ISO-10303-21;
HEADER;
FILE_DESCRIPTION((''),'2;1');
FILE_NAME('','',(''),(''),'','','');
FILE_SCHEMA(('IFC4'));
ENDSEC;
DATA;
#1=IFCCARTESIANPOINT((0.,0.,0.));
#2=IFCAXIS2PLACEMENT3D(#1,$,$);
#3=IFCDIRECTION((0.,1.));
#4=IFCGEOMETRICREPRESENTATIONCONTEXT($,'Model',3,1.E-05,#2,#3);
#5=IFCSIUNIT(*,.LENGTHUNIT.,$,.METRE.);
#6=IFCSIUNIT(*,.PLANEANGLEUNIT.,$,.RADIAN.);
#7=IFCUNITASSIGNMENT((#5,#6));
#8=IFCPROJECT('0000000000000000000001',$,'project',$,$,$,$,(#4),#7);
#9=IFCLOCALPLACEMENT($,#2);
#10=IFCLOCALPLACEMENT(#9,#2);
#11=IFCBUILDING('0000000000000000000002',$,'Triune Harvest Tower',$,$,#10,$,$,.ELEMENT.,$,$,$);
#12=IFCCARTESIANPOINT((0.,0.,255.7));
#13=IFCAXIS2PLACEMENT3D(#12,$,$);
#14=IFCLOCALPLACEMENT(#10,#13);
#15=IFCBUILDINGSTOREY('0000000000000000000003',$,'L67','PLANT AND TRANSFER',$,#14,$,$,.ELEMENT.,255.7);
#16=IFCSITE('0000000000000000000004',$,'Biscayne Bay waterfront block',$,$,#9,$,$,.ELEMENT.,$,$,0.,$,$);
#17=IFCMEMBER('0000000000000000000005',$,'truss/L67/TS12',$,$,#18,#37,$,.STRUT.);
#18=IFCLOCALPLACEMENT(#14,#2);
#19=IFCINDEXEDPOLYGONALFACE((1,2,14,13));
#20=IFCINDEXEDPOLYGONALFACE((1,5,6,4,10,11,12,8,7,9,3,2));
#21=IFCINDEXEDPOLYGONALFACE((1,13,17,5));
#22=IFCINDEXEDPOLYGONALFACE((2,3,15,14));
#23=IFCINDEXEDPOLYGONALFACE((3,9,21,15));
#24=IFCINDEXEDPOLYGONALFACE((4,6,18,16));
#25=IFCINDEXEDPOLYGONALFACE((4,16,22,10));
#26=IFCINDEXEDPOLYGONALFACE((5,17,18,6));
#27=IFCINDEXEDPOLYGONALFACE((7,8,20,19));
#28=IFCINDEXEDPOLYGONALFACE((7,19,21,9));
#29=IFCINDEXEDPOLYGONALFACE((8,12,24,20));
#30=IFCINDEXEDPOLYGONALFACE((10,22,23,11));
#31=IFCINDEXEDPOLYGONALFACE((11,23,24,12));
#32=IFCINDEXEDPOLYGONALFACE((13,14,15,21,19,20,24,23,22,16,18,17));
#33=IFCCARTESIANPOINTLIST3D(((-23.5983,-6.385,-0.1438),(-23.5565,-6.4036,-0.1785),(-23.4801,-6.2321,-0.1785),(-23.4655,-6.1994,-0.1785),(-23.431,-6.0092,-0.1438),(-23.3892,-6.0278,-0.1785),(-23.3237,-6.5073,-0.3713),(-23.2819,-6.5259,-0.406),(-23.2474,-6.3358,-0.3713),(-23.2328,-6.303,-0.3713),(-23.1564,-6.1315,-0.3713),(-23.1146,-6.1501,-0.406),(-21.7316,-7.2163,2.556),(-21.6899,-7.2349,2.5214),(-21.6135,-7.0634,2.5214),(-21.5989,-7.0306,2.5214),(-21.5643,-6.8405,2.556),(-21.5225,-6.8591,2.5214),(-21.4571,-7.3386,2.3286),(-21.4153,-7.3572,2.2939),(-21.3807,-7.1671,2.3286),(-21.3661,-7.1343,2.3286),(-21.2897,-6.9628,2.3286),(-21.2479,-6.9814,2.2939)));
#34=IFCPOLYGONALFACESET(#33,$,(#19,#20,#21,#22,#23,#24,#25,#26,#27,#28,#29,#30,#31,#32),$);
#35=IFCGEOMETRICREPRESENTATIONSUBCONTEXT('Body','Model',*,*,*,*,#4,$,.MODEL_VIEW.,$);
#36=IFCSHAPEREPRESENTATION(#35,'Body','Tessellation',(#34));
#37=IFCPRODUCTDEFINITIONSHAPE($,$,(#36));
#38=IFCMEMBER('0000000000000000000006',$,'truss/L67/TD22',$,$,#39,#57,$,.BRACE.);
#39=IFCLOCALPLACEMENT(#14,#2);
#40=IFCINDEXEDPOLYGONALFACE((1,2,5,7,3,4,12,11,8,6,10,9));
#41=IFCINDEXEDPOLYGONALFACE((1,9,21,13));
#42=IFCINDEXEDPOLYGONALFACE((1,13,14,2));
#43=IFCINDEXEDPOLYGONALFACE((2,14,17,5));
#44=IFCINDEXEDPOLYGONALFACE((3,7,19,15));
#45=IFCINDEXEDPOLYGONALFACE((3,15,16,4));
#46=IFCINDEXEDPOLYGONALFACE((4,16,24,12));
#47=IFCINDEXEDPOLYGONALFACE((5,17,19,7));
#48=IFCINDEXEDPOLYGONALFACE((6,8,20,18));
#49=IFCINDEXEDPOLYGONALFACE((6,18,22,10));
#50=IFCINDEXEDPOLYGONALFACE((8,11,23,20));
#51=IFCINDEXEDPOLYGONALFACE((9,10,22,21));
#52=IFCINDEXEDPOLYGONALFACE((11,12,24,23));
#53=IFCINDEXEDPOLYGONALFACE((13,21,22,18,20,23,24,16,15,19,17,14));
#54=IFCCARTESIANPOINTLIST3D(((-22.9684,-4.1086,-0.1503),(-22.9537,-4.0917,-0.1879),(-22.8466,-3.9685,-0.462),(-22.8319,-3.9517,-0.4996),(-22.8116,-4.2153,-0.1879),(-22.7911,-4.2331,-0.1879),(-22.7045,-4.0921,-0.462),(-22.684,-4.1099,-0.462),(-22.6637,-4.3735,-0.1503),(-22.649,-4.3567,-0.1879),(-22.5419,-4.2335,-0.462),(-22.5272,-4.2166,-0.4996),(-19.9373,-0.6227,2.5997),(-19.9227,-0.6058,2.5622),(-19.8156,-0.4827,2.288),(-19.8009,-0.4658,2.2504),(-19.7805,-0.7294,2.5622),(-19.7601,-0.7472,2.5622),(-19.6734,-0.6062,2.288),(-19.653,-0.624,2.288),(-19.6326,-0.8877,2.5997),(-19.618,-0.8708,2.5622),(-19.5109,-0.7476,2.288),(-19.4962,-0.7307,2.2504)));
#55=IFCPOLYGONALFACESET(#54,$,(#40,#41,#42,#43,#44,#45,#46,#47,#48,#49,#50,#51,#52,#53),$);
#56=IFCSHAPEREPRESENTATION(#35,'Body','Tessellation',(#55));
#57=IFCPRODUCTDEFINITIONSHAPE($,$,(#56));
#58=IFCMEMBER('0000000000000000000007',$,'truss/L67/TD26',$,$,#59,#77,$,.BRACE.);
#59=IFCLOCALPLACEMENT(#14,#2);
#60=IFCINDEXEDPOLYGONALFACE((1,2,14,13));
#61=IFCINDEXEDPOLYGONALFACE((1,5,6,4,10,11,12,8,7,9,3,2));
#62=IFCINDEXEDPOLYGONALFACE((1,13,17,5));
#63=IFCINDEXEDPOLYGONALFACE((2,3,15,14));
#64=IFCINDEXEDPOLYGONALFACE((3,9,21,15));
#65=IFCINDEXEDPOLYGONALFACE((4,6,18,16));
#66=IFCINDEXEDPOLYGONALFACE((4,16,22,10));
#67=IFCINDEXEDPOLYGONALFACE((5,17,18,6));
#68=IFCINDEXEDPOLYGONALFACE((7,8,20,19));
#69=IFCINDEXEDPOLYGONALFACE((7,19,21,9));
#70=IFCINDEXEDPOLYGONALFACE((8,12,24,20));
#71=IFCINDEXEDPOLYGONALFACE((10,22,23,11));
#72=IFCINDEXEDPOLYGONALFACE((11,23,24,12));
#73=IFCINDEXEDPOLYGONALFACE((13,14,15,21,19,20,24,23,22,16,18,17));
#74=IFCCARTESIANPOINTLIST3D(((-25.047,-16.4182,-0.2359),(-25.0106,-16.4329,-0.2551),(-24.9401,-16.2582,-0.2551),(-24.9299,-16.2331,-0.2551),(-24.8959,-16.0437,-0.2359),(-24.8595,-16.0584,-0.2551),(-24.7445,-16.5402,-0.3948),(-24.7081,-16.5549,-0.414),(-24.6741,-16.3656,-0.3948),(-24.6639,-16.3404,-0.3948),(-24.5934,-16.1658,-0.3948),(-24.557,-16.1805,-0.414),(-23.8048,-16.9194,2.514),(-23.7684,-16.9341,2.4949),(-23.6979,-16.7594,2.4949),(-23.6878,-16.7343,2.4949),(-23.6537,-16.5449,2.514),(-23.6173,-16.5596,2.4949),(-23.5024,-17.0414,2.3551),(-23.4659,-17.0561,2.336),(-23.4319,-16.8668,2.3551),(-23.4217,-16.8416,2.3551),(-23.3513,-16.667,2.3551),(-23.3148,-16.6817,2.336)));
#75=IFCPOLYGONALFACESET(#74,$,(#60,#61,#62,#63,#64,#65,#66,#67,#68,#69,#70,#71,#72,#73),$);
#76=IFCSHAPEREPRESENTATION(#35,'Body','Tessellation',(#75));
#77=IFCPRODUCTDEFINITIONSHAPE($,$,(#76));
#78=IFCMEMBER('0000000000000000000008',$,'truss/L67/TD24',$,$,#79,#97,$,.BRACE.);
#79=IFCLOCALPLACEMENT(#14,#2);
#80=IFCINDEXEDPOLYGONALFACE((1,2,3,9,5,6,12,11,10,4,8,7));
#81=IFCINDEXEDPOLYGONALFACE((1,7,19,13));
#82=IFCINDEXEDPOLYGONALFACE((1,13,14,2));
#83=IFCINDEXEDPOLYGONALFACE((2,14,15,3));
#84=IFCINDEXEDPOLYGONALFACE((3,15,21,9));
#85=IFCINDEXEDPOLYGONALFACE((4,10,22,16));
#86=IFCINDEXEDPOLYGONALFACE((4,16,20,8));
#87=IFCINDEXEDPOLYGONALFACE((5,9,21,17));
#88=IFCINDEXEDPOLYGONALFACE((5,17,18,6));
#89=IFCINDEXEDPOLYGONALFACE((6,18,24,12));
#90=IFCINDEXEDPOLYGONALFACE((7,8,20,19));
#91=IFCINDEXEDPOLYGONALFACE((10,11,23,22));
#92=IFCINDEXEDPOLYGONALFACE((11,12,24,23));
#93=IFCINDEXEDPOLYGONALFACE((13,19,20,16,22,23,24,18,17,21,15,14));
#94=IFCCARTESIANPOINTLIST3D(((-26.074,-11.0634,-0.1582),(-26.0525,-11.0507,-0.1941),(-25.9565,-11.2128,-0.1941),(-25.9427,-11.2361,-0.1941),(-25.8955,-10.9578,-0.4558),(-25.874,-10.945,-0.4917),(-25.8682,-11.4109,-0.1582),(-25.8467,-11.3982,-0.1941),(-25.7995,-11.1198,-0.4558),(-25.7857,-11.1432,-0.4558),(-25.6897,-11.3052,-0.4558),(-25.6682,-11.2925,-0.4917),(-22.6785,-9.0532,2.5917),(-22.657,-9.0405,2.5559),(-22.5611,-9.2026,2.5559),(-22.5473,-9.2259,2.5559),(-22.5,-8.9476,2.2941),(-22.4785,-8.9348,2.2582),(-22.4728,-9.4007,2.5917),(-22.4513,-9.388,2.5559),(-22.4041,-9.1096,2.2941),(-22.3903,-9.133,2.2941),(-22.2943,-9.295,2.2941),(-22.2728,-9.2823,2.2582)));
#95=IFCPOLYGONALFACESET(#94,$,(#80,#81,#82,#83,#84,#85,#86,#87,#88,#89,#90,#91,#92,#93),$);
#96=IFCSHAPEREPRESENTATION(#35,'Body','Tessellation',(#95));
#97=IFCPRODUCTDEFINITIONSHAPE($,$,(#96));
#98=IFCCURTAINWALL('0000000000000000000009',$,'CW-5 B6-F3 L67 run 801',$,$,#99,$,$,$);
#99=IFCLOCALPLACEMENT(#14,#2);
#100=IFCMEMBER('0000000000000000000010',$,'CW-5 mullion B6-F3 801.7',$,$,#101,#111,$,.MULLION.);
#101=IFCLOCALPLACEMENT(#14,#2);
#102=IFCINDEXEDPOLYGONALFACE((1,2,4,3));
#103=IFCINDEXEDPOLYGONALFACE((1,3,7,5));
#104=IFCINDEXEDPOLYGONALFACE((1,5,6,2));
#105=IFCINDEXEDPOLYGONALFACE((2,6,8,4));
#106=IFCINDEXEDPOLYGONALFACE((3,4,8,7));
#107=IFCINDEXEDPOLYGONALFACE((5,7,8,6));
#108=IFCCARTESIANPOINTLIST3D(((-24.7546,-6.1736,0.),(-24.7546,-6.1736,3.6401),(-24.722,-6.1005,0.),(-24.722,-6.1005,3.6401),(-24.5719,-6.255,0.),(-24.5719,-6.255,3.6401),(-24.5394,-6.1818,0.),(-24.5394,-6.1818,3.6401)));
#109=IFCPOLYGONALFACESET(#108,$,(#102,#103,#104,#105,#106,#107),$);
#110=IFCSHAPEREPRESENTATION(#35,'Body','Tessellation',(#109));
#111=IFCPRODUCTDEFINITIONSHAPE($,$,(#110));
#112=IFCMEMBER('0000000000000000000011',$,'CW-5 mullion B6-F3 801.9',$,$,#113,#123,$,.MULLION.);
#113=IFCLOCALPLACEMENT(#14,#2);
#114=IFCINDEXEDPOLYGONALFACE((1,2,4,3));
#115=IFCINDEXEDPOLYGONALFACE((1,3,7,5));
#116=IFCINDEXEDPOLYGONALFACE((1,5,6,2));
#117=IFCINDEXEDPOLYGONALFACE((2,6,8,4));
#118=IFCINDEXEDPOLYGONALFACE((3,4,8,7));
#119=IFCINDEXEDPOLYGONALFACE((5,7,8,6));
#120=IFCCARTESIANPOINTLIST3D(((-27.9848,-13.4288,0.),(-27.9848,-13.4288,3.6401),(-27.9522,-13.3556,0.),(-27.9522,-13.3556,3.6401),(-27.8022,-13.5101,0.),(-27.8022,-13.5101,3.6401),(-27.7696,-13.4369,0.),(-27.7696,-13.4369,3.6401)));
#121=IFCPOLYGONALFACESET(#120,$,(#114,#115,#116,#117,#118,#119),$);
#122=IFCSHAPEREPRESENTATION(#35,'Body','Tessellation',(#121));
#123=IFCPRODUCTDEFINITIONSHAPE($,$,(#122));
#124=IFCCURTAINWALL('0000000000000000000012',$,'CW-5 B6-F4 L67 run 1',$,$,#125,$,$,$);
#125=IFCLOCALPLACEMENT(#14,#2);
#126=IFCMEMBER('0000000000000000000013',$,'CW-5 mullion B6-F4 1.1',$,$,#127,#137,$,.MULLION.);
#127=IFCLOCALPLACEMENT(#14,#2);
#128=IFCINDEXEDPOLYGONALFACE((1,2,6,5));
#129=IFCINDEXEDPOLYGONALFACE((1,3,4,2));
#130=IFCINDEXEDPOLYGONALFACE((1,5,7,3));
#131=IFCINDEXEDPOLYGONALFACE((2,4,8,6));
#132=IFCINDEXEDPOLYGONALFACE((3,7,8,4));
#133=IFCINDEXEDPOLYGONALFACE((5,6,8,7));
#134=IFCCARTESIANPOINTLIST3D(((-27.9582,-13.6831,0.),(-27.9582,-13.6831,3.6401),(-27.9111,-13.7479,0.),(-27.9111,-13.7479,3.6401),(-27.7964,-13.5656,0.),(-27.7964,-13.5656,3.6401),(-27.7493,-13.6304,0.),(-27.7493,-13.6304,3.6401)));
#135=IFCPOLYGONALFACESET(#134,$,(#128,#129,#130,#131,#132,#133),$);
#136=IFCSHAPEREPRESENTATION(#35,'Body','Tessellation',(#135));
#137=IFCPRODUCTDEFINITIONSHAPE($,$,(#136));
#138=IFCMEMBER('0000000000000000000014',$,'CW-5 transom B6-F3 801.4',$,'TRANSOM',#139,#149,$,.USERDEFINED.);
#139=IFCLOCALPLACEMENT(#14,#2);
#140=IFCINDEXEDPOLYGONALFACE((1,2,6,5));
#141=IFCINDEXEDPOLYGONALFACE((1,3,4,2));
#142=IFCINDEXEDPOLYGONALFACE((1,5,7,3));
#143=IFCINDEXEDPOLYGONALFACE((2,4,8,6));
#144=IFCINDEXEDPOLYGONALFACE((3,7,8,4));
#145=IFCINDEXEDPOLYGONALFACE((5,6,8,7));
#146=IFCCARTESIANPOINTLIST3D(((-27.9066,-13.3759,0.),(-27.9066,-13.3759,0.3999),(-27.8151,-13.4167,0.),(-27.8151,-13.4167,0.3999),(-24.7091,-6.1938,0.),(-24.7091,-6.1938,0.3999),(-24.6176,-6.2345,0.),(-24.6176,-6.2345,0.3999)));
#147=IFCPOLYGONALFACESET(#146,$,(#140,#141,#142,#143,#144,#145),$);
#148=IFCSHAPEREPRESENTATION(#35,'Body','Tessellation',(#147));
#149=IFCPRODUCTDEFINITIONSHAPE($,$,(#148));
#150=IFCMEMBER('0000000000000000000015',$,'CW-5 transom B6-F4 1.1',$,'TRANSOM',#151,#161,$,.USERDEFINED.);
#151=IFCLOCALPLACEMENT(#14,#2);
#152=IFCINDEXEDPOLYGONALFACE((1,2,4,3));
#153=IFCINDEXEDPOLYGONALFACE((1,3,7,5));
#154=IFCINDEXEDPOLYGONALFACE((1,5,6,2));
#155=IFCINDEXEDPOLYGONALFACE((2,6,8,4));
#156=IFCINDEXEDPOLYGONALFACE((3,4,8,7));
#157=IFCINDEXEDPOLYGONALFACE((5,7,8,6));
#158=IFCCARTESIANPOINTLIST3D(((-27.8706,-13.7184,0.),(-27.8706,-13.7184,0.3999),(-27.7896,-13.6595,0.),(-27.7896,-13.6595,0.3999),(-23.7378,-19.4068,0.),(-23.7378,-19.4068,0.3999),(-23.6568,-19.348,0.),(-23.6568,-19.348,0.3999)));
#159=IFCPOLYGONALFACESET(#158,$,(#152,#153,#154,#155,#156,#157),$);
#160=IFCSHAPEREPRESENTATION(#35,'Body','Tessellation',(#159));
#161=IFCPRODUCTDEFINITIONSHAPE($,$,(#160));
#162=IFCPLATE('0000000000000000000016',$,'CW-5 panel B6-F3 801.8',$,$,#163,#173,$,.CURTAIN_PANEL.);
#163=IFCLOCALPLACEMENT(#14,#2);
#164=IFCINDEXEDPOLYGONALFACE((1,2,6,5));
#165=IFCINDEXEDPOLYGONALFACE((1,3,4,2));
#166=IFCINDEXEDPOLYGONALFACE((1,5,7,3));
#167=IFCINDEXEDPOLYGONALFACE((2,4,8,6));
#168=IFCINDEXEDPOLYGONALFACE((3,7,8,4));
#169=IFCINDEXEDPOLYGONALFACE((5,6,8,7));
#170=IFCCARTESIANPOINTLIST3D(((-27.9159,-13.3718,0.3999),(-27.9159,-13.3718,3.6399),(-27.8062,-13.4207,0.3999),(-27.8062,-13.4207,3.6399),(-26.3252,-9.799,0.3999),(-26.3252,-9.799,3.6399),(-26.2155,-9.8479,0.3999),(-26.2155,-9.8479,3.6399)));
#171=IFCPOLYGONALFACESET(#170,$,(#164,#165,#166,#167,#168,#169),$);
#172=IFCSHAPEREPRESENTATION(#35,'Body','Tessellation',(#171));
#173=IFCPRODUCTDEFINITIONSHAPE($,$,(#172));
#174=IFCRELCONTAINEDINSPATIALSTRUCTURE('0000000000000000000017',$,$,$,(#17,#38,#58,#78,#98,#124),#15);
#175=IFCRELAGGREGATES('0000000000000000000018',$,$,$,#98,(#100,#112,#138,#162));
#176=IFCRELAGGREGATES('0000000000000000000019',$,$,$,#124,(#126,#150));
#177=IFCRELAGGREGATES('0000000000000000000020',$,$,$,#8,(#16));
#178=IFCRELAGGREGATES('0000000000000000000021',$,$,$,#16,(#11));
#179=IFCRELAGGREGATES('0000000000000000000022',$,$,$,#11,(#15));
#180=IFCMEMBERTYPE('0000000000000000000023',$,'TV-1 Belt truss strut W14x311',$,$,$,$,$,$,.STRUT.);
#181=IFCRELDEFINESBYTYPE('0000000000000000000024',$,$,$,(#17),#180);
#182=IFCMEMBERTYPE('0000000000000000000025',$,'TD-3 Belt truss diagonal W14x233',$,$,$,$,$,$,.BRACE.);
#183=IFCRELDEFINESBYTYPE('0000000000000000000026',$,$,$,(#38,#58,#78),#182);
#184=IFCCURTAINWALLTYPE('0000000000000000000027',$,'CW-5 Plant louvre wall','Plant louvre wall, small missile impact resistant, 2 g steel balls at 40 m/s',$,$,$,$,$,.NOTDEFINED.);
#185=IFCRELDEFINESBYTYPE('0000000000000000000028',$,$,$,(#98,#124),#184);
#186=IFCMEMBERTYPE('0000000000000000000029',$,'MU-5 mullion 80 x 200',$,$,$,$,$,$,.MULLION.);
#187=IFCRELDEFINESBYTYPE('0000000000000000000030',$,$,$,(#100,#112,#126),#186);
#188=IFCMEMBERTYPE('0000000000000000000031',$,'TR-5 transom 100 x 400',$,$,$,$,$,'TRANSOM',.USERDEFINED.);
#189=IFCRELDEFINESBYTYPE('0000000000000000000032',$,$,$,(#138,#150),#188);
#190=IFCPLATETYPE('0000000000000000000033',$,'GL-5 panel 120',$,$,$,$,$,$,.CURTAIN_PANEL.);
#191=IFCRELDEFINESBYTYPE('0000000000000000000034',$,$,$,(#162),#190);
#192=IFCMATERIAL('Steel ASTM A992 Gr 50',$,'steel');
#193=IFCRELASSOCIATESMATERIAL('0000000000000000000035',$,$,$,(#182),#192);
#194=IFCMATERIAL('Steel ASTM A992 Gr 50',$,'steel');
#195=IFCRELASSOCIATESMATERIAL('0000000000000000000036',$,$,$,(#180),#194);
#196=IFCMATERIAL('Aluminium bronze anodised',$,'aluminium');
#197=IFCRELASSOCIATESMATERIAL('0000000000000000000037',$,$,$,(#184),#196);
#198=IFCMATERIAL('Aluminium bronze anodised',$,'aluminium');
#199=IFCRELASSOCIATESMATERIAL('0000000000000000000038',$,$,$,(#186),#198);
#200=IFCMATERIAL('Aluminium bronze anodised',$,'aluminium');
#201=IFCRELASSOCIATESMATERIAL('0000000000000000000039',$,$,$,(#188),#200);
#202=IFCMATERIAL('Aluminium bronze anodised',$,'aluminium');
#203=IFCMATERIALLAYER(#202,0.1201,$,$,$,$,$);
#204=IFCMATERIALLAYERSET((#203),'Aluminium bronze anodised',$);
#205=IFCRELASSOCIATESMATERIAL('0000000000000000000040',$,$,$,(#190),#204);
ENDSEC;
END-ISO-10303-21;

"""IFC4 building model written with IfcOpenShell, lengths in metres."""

from ifc_helpers import new_model, si_unit, direction, frame, origin, origin_2d, place, context, subcontext, project, spatial, rectangle, i_section, extrude, source, transform, mapped, material, layer, layer_set, material_profile, profile_set, type_object, element, aggregate, save


model = new_model("IFC4")

# Units and contexts
model_context = context("Model", 3, precision=1e-05, world=origin(), true_north=direction((0.0, 1.0)))
body_context = subcontext(model_context, "Body", "Model", "MODEL_VIEW")
ifc_project = project(units=[si_unit("LENGTHUNIT", "METRE"), si_unit("PLANEANGLEUNIT", "RADIAN")], contexts=[model_context])

# Site, building, storey
site_placement = place(None, origin())
site = spatial("IfcSite", under=ifc_project, at=site_placement, Name="Biscayne Bay waterfront block", CompositionType="ELEMENT", RefElevation=0.0)
building_placement = place(site_placement, origin())
building = spatial("IfcBuilding", under=site, at=building_placement, Name="Triune Harvest Tower", CompositionType="ELEMENT")
storey_placement = place(building_placement, frame((0.0, 0.0, 255.7)))
storey = spatial("IfcBuildingStorey", under=building, at=storey_placement, Name="L67", Description="PLANT AND TRANSFER", CompositionType="ELEMENT", Elevation=255.7)

# Shared definitions
ifc_material_1 = material(Name="Steel ASTM A992 Gr 50", Category="steel")
ifc_material_profile_1 = material_profile(ifc_material_1, i_section(OverallWidth=0.4038, OverallDepth=0.4065, WebThickness=0.0271, FlangeThickness=0.0437, at=origin_2d()), Name="W14x233")
ifc_profile_set_1 = profile_set([ifc_material_profile_1], Name="Steel ASTM A992 Gr 50")
member_type_1 = type_object("IfcMemberType", Name="TD-3 Belt truss diagonal W14x233", PredefinedType="BRACE", material=ifc_profile_set_1)

# Members
ifc_material_2 = material(Name="Steel ASTM A992 Gr 50", Category="steel")
ifc_material_profile_2 = material_profile(ifc_material_2, i_section(OverallWidth=0.4114, OverallDepth=0.4343, WebThickness=0.0359, FlangeThickness=0.0574, at=origin_2d()), Name="W14x311")
ifc_profile_set_2 = profile_set([ifc_material_profile_2], Name="Steel ASTM A992 Gr 50")
member_type_2 = type_object("IfcMemberType", Name="TV-1 Belt truss strut W14x311", PredefinedType="STRUT", material=ifc_profile_set_2)
shared_shape_1 = source(origin(), body_context, "Body", "SweptSolid", [
    extrude(i_section(OverallWidth=0.4114, OverallDepth=0.4343, WebThickness=0.0359, FlangeThickness=0.0574, at=origin_2d()), origin(), (0.0, 0.0, 1.0), 3.386),
])
member_1_placement = place(storey_placement, frame((-23.3564, -6.2676, -0.2749), z_axis=(0.55129, -0.245507, 0.797374), x_axis=(0.406815, 0.913511, 0.0)))
element("IfcMember", 1, at=member_1_placement, inside=storey, type_object=member_type_2, Name="truss/L67/TS12", PredefinedType="STRUT", context=body_context, shape_type="MappedRepresentation", body=[
    mapped(shared_shape_1, transform((0.0, 0.0, 0.0), scale=1.0)),
])
shared_shape_2 = source(origin(), body_context, "Body", "SweptSolid", [
    extrude(i_section(OverallWidth=0.4038, OverallDepth=0.4065, WebThickness=0.0271, FlangeThickness=0.0437, at=origin_2d()), origin(), (0.0, 0.0, 1.0), 5.376),
])
member_2_placement = place(storey_placement, frame((-22.7478, -4.1626, -0.325), z_axis=(0.563811, 0.648417, 0.51154), x_axis=(-0.754623, 0.656159, 0.0)))
element("IfcMember", 2, at=member_2_placement, inside=storey, type_object=member_type_1, Name="truss/L67/TD22", PredefinedType="BRACE", context=body_context, shape_type="MappedRepresentation", body=[
    mapped(shared_shape_2, transform((0.0, 0.0, 0.0), scale=1.0)),
])
shared_shape_3 = source(origin(), body_context, "Body", "SweptSolid", [
    extrude(i_section(OverallWidth=0.4038, OverallDepth=0.4065, WebThickness=0.0271, FlangeThickness=0.0437, at=origin_2d()), origin(), (0.0, 0.0, 1.0), 3.0588),
])
member_3_placement = place(storey_placement, frame((-24.802, -16.2993, -0.325), z_axis=(0.406092, -0.163858, 0.899022), x_axis=(0.374186, 0.927354, 0.0)))
element("IfcMember", 3, at=member_3_placement, inside=storey, type_object=member_type_1, Name="truss/L67/TD26", PredefinedType="BRACE", context=body_context, shape_type="MappedRepresentation", body=[
    mapped(shared_shape_3, transform((0.0, 0.0, 0.0), scale=1.0)),
])
shared_shape_4 = source(origin(), body_context, "Body", "SweptSolid", [
    extrude(i_section(OverallWidth=0.4038, OverallDepth=0.4065, WebThickness=0.0271, FlangeThickness=0.0437, at=origin_2d()), origin(), (0.0, 0.0, 1.0), 4.8096),
])
member_4_placement = place(storey_placement, frame((-25.8711, -11.178, -0.325), z_axis=(0.705973, 0.417959, 0.571763), x_axis=(-0.509446, 0.860503, 0.0)))
element("IfcMember", 4, at=member_4_placement, inside=storey, type_object=member_type_1, Name="truss/L67/TD24", PredefinedType="BRACE", context=body_context, shape_type="MappedRepresentation", body=[
    mapped(shared_shape_4, transform((0.0, 0.0, 0.0), scale=1.0)),
])

# Curtain wall, members
ifc_material_3 = material(Name="Aluminium bronze anodised", Category="aluminium")
curtain_wall_type = type_object("IfcCurtainWallType", Name="CW-5 Plant louvre wall", Description="Plant louvre wall, small missile impact resistant, 2 g steel balls at 40 m/s", PredefinedType="NOTDEFINED", material=ifc_material_3)
curtain_wall_1_placement = place(storey_placement, origin())
curtain_wall_1 = element("IfcCurtainWall", 5, at=curtain_wall_1_placement, inside=storey, type_object=curtain_wall_type, Name="CW-5 B6-F3 L67 run 801")
ifc_material_4 = material(Name="Aluminium bronze anodised", Category="aluminium")
ifc_material_profile_3 = material_profile(ifc_material_4, rectangle(XDim=0.2, YDim=0.0801, at=origin_2d()), Name="MU-5 mullion 80 x 200")
ifc_profile_set_3 = profile_set([ifc_material_profile_3], Name="Aluminium bronze anodised")
member_type_3 = type_object("IfcMemberType", Name="MU-5 mullion 80 x 200", PredefinedType="MULLION", material=ifc_profile_set_3)
shared_shape_5 = source(origin(), body_context, "Body", "SweptSolid", [
    extrude(rectangle(XDim=0.2, YDim=0.0801, at=origin_2d()), origin(), (0.0, 0.0, 1.0), 3.6401),
])
member_5_placement = place(storey_placement, frame((-24.647, -6.1777, 0.0), z_axis=(0.0, 0.0, 1.0), x_axis=(0.913545, -0.406738, 0.0)))
member_5 = element("IfcMember", 6, at=member_5_placement, type_object=member_type_3, Name="CW-5 mullion B6-F3 801.7", PredefinedType="MULLION", context=body_context, shape_type="MappedRepresentation", body=[
    mapped(shared_shape_5, transform((0.0, 0.0, 0.0), scale=1.0)),
])
member_6_placement = place(storey_placement, frame((-27.8772, -13.4329, 0.0), z_axis=(0.0, 0.0, 1.0), x_axis=(0.913545, -0.406738, 0.0)))
member_6 = element("IfcMember", 7, at=member_6_placement, type_object=member_type_3, Name="CW-5 mullion B6-F3 801.9", PredefinedType="MULLION", context=body_context, shape_type="MappedRepresentation", body=[
    mapped(shared_shape_5, transform((0.0, 0.0, 0.0), scale=1.0)),
])

# Curtain wall, member
curtain_wall_2_placement = place(storey_placement, origin())
curtain_wall_2 = element("IfcCurtainWall", 8, at=curtain_wall_2_placement, inside=storey, type_object=curtain_wall_type, Name="CW-5 B6-F4 L67 run 1")
member_7_placement = place(storey_placement, frame((-27.8538, -13.6567, 0.0), z_axis=(0.0, 0.0, 1.0), x_axis=(0.809014, 0.587789, 0.0)))
member_7 = element("IfcMember", 9, at=member_7_placement, type_object=member_type_3, Name="CW-5 mullion B6-F4 1.1", PredefinedType="MULLION", context=body_context, shape_type="MappedRepresentation", body=[
    mapped(shared_shape_5, transform((0.0, 0.0, 0.0), scale=1.0)),
])

# Members
ifc_material_5 = material(Name="Aluminium bronze anodised", Category="aluminium")
ifc_material_profile_4 = material_profile(ifc_material_5, rectangle(XDim=0.1001, YDim=0.3999, at=origin_2d()), Name="TR-5 transom 100 x 400")
ifc_profile_set_4 = profile_set([ifc_material_profile_4], Name="Aluminium bronze anodised")
member_type_4 = type_object("IfcMemberType", Name="TR-5 transom 100 x 400", ElementType="TRANSOM", PredefinedType="USERDEFINED", material=ifc_profile_set_4)
shared_shape_6 = source(origin(), body_context, "Body", "SweptSolid", [
    extrude(rectangle(XDim=0.1001, YDim=0.3999, at=origin_2d()), origin(), (0.0, 0.0, 1.0), 7.8618),
])
member_8_placement = place(storey_placement, frame((-24.6633, -6.2141, 0.2), z_axis=(-0.406718, -0.913554, 0.0), x_axis=(0.913554, -0.406718, 0.0)))
member_8 = element("IfcMember", 10, at=member_8_placement, type_object=member_type_4, Name="CW-5 transom B6-F3 801.4", ObjectType="TRANSOM", PredefinedType="USERDEFINED", context=body_context, shape_type="MappedRepresentation", body=[
    mapped(shared_shape_6, transform((0.0, 0.0, 0.0), scale=1.0)),
])
shared_shape_7 = source(origin(), body_context, "Body", "SweptSolid", [
    extrude(rectangle(XDim=0.1001, YDim=0.3999, at=origin_2d()), origin(), (0.0, 0.0, 1.0), 7.0312),
])
member_9_placement = place(storey_placement, frame((-27.8301, -13.689, 0.2), z_axis=(0.587775, -0.809024, 0.0), x_axis=(0.809024, 0.587775, 0.0)))
member_9 = element("IfcMember", 11, at=member_9_placement, type_object=member_type_4, Name="CW-5 transom B6-F4 1.1", ObjectType="TRANSOM", PredefinedType="USERDEFINED", context=body_context, shape_type="MappedRepresentation", body=[
    mapped(shared_shape_7, transform((0.0, 0.0, 0.0), scale=1.0)),
])

# Plate
ifc_material_6 = material(Name="Aluminium bronze anodised", Category="aluminium")
ifc_layer_1 = layer(ifc_material_6, 0.1201)
ifc_layer_set_1 = layer_set([ifc_layer_1], Name="Aluminium bronze anodised")
plate_type = type_object("IfcPlateType", Name="GL-5 panel 120", PredefinedType="CURTAIN_PANEL", material=ifc_layer_set_1)
shared_shape_8 = source(origin(), body_context, "Body", "SweptSolid", [
    extrude(rectangle(XDim=3.9109, YDim=0.1201, at=origin_2d()), origin(), (0.0, 0.0, 1.0), 3.24),
])
plate_1_placement = place(storey_placement, frame((-27.0657, -11.6099, 0.3999), z_axis=(0.0, 0.0, 1.0), x_axis=(-0.406738, -0.913545, 0.0)))
plate_1 = element("IfcPlate", 12, at=plate_1_placement, type_object=plate_type, Name="CW-5 panel B6-F3 801.8", PredefinedType="CURTAIN_PANEL", context=body_context, shape_type="MappedRepresentation", body=[
    mapped(shared_shape_8, transform((0.0, 0.0, 0.0), scale=1.0)),
])
aggregate(curtain_wall_1, [member_5, member_6, member_8, plate_1])
aggregate(curtain_wall_2, [member_7, member_9])

save(model, "model.ifc")
